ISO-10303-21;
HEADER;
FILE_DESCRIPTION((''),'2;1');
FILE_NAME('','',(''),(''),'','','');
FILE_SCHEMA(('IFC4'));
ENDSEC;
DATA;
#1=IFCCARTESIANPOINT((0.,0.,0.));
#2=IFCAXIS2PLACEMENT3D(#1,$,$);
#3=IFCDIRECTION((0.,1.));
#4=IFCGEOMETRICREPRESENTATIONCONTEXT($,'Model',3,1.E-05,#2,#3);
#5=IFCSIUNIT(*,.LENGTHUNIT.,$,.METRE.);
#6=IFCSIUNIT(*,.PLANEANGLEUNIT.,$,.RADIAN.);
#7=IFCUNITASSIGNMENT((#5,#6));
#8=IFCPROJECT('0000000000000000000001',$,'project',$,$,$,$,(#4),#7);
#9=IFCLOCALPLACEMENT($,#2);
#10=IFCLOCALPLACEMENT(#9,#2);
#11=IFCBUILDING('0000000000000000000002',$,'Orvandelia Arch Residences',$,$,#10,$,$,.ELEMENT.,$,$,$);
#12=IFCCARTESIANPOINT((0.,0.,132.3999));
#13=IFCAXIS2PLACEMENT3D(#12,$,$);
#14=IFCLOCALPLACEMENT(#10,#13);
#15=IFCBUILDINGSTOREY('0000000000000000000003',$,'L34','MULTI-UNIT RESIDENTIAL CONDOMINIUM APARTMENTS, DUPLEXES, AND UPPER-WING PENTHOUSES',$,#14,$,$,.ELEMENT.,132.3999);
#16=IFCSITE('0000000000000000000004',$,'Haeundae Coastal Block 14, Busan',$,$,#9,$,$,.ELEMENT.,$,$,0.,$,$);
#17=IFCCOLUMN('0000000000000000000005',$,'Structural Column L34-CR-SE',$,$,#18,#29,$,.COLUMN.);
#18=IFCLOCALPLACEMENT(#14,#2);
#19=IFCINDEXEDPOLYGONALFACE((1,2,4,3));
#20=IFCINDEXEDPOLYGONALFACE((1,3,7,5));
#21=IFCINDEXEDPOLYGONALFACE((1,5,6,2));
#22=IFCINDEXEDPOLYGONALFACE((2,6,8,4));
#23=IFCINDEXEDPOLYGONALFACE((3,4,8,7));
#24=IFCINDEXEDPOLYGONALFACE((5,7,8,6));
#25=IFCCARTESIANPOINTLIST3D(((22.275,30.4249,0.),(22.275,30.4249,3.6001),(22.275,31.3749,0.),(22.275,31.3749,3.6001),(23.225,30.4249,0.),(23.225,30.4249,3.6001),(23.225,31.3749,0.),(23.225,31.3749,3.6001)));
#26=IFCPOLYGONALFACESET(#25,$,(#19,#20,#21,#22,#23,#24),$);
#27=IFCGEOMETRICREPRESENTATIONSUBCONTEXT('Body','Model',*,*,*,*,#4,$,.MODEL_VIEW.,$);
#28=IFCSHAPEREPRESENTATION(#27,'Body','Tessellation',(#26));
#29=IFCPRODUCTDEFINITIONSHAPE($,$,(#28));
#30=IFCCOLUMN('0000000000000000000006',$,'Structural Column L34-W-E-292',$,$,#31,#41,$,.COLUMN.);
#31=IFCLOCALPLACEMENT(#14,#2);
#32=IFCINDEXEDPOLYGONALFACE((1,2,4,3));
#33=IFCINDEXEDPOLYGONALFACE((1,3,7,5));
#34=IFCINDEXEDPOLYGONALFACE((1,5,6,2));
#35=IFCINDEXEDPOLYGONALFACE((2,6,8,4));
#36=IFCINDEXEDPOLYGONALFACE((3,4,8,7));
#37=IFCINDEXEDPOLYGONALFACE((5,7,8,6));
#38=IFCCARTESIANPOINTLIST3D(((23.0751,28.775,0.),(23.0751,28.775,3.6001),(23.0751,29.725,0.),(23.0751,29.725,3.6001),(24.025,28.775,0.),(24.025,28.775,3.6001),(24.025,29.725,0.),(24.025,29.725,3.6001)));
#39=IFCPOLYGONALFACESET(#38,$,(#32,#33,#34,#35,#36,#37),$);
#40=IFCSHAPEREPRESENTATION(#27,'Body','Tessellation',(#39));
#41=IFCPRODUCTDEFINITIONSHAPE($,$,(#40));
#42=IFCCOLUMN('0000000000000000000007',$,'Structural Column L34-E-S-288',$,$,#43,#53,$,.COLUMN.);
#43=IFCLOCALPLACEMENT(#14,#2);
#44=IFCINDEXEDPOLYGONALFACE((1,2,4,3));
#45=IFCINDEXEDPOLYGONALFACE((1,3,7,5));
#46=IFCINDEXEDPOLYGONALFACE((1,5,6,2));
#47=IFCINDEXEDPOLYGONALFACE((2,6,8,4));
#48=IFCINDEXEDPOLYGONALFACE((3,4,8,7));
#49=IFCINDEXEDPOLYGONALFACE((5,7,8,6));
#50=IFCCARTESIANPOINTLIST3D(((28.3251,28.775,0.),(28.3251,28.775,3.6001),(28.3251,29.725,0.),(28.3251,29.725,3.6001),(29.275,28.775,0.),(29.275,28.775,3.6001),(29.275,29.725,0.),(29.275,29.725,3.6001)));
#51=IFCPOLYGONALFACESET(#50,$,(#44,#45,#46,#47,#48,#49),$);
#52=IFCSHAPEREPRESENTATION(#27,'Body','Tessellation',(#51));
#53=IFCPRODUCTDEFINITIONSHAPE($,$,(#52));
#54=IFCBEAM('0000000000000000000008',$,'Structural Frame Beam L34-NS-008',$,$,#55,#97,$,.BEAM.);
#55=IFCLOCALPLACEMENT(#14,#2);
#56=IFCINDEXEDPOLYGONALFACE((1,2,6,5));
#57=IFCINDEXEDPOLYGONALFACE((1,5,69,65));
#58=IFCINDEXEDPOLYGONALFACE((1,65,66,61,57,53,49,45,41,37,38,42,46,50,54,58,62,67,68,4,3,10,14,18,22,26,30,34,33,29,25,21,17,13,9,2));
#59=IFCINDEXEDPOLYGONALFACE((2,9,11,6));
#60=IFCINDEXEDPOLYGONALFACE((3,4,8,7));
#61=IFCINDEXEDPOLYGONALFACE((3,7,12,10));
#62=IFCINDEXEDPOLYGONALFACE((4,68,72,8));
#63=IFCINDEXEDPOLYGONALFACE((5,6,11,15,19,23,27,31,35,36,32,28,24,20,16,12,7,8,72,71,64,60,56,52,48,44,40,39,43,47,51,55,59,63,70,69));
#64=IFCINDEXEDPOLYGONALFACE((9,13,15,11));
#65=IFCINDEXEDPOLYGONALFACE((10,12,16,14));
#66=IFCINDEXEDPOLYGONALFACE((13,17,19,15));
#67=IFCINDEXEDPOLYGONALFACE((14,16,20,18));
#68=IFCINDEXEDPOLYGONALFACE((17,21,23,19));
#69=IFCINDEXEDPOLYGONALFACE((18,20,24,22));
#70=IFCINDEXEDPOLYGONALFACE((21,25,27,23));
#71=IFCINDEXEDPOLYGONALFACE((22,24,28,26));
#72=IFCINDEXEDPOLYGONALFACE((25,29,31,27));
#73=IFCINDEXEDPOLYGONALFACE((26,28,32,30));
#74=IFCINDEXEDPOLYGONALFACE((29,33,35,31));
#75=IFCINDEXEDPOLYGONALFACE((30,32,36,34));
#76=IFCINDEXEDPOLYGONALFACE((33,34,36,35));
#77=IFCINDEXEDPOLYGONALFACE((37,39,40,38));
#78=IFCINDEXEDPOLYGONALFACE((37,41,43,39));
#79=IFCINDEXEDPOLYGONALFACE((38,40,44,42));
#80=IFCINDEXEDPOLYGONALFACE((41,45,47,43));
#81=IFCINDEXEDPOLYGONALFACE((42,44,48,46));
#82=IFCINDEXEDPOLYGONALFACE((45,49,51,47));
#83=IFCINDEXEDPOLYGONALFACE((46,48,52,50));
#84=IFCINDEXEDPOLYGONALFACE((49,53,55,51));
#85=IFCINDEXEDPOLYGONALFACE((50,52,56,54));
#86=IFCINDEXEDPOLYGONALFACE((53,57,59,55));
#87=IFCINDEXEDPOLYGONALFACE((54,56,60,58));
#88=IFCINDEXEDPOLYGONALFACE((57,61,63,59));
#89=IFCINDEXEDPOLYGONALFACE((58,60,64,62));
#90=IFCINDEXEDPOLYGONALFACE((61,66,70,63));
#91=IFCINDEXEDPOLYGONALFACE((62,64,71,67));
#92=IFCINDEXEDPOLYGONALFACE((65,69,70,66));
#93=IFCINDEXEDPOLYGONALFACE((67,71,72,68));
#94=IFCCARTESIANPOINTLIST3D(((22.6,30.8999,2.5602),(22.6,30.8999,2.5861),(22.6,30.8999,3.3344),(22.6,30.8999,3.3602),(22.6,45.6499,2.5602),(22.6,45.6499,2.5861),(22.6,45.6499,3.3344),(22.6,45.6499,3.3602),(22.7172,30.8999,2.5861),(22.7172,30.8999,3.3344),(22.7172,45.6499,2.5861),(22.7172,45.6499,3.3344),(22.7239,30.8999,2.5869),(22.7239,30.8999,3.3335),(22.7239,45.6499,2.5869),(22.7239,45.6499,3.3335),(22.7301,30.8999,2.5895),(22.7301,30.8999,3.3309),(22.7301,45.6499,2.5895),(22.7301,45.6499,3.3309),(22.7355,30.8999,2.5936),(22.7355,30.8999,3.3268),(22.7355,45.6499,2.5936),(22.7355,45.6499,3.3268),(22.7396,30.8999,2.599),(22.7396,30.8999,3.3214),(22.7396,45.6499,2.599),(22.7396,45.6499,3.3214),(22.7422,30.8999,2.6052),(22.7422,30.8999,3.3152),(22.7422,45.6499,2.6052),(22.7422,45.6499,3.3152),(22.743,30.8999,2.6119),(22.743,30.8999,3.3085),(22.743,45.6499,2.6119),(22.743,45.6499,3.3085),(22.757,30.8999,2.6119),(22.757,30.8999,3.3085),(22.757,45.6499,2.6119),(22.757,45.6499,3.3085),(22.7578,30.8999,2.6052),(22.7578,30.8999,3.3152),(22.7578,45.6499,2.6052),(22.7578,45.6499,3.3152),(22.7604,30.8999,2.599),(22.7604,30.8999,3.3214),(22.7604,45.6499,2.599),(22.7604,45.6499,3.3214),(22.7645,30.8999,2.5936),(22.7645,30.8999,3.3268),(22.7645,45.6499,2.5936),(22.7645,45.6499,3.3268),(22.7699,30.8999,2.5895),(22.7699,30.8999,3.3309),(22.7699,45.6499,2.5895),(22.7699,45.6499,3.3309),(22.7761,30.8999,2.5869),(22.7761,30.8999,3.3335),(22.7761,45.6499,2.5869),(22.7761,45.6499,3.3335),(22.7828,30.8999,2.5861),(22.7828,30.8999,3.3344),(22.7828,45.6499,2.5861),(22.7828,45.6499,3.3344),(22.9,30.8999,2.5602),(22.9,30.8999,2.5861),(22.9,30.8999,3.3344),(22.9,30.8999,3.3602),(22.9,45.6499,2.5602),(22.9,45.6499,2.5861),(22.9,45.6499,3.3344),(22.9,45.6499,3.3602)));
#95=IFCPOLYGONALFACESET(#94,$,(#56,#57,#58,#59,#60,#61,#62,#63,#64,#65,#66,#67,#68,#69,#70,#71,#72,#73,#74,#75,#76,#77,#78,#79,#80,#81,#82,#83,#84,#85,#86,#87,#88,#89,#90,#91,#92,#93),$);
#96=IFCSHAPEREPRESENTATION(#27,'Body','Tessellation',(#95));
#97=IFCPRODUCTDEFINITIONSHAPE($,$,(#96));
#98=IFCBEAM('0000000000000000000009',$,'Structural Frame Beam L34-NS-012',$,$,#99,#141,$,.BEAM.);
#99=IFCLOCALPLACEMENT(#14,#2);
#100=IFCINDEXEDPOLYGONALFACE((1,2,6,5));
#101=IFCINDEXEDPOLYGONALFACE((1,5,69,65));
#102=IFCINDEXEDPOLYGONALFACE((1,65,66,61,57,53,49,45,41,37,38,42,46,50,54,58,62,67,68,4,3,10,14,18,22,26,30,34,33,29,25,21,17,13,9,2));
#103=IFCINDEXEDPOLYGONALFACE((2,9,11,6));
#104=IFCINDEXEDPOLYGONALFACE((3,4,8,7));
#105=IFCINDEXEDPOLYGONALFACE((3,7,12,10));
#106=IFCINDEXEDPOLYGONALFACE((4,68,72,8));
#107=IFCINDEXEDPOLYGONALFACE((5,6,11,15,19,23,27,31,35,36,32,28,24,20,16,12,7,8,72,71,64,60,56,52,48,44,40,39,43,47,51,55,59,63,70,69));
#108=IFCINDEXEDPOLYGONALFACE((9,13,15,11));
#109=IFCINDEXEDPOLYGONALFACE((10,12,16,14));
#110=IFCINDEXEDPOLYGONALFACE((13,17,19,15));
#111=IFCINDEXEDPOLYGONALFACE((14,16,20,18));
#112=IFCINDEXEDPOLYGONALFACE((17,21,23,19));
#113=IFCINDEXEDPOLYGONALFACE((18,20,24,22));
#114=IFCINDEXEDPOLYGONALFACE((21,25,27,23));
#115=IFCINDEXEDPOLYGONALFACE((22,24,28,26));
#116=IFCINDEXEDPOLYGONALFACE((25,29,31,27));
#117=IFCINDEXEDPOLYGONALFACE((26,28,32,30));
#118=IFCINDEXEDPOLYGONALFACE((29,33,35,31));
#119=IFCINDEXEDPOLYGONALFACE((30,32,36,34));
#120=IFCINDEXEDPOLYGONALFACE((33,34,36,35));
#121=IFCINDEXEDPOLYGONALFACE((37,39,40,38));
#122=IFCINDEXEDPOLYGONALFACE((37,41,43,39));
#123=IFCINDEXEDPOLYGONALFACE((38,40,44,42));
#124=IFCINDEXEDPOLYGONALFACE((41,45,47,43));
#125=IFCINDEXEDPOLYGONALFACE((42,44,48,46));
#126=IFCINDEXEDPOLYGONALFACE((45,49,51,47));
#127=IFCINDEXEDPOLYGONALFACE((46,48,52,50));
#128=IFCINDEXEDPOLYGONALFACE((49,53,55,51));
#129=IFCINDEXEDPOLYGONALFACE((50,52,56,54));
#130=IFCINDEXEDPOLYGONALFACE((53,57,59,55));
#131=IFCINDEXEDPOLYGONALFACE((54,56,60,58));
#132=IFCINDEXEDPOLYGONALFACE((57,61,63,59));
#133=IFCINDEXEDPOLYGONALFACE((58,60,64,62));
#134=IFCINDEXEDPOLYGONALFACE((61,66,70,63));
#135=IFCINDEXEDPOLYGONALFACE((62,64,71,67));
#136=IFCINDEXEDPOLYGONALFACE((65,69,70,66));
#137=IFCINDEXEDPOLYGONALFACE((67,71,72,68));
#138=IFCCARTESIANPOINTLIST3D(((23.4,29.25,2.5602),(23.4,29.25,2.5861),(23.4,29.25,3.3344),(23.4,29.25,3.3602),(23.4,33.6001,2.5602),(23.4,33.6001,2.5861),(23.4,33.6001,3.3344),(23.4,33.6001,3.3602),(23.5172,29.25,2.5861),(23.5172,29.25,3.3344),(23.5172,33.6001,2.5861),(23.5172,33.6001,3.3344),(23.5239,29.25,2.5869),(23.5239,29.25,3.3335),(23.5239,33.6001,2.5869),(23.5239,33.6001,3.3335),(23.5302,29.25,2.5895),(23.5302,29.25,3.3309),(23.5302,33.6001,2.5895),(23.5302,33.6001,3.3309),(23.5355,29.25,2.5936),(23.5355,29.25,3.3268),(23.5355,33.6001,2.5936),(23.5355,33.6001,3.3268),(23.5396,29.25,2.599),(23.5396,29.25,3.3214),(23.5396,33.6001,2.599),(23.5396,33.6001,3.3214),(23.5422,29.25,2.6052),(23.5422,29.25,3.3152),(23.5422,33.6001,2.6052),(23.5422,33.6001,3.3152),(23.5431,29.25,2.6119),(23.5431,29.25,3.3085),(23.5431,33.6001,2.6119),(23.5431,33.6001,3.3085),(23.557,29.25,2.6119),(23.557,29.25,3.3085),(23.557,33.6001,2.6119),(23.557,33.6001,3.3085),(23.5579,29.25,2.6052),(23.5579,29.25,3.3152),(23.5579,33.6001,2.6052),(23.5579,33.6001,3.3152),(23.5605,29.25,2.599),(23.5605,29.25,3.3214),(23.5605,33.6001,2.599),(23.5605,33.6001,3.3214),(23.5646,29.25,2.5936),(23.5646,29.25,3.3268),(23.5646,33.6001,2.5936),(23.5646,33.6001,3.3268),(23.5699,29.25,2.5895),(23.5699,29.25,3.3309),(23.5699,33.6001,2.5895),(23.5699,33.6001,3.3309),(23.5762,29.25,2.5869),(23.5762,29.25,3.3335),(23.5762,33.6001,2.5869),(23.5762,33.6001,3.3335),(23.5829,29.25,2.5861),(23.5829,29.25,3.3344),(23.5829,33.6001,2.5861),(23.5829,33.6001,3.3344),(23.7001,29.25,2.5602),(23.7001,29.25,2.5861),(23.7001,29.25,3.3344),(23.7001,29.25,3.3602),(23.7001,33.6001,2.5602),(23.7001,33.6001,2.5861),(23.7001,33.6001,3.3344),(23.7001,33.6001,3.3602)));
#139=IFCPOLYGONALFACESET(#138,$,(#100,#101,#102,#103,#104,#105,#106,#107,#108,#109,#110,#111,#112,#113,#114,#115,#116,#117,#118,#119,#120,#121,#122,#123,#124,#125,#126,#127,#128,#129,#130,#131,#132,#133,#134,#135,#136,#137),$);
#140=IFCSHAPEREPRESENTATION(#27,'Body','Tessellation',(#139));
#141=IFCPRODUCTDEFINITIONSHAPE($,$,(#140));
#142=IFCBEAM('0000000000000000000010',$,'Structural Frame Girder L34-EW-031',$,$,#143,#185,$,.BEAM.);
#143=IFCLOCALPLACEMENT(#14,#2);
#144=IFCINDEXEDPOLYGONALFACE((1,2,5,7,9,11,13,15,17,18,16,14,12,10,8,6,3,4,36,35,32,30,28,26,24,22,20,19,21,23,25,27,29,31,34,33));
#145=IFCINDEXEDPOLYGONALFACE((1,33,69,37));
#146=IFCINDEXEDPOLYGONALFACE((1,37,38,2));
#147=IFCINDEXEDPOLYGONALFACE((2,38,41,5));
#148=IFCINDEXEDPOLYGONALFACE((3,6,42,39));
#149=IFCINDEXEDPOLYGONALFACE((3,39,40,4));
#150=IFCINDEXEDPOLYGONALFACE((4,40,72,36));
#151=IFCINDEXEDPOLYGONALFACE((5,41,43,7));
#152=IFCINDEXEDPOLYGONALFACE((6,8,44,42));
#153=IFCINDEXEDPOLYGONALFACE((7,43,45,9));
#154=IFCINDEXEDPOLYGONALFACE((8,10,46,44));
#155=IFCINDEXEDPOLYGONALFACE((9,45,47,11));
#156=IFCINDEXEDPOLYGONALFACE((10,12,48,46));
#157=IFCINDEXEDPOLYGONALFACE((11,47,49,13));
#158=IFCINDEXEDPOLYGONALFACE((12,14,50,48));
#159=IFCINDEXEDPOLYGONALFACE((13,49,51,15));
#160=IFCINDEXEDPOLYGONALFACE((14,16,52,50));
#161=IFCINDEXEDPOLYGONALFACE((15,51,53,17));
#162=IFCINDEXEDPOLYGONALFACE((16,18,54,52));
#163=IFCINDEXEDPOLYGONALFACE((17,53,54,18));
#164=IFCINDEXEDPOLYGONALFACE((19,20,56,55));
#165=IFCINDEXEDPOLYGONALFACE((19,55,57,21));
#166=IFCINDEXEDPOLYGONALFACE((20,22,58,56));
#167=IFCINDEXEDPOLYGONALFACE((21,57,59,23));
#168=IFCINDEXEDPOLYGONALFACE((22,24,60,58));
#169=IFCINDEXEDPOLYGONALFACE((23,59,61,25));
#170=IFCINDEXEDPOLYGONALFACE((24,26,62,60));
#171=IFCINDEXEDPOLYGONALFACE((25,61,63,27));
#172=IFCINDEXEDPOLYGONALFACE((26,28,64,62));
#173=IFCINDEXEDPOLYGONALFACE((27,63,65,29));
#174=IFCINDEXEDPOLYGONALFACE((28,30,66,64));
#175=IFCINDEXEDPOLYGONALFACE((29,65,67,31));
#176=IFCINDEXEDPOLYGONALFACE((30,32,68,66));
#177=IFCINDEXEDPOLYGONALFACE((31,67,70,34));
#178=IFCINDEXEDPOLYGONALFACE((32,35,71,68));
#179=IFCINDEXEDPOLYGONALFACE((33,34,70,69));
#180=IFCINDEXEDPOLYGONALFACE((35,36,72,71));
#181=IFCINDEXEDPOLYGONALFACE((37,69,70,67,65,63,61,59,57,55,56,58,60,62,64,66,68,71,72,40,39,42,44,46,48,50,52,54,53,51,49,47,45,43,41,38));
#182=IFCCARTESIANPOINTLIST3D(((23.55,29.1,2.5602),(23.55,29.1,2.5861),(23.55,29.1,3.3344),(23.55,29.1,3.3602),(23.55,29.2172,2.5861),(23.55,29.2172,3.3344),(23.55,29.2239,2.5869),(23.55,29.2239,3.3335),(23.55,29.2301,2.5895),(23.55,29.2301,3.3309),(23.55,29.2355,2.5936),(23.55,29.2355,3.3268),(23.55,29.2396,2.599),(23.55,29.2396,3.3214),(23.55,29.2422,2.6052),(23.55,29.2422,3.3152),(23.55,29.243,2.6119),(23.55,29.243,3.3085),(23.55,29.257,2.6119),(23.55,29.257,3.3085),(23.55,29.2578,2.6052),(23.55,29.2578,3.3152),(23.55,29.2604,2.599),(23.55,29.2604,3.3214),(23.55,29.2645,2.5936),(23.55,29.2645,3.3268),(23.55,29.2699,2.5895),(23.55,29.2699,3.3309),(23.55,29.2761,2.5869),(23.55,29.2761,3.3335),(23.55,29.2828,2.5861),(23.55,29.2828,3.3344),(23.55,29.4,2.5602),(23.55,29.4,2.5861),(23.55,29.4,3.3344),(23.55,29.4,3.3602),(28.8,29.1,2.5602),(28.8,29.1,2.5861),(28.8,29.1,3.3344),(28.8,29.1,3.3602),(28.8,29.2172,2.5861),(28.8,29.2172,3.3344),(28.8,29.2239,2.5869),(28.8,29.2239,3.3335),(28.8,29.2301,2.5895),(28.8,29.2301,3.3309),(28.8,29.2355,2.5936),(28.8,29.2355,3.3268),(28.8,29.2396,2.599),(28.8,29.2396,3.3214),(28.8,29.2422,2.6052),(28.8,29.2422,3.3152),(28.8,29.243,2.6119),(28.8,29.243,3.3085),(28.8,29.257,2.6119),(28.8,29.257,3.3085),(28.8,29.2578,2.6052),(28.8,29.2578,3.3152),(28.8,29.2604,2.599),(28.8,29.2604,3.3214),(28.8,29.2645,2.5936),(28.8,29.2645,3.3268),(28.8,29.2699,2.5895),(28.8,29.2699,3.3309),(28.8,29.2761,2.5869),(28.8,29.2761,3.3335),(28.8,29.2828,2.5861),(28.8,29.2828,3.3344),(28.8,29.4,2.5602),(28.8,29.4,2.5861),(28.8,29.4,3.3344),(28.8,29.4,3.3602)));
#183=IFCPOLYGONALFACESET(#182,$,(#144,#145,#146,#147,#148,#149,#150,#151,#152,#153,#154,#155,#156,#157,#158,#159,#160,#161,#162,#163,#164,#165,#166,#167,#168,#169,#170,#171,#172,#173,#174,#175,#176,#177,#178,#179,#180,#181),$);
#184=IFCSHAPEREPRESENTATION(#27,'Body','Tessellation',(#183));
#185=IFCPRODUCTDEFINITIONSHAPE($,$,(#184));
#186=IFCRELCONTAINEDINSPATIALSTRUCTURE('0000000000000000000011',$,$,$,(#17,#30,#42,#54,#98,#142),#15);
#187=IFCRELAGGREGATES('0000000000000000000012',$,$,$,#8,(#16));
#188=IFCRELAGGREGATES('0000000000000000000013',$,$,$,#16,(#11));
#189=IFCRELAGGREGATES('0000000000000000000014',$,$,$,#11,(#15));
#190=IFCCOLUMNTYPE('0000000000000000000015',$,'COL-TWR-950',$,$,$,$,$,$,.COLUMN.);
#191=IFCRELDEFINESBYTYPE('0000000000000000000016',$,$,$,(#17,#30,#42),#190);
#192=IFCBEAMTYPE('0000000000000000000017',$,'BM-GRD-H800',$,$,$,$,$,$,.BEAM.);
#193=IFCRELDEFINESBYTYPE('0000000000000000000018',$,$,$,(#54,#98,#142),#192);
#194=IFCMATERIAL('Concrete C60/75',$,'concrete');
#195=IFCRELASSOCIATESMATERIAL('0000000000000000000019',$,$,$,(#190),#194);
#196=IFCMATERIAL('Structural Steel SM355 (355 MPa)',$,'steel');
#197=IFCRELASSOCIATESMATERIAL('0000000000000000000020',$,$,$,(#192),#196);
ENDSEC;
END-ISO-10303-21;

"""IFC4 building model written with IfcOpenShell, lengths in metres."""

from ifc_helpers import new_model, si_unit, direction, frame, origin, origin_2d, place, context, subcontext, project, spatial, rectangle, i_section, extrude, material, material_profile, profile_set, type_object, element, save


model = new_model("IFC4")

# Units and contexts
model_context = context("Model", 3, precision=1e-05, world=origin(), true_north=direction((0.0, 1.0)))
body_context = subcontext(model_context, "Body", "Model", "MODEL_VIEW")
ifc_project = project(units=[si_unit("LENGTHUNIT", "METRE"), si_unit("PLANEANGLEUNIT", "RADIAN")], contexts=[model_context])

# Site, building, storey
site_placement = place(None, origin())
site = spatial("IfcSite", under=ifc_project, at=site_placement, Name="Haeundae Coastal Block 14, Busan", CompositionType="ELEMENT", RefElevation=0.0)
building_placement = place(site_placement, origin())
building = spatial("IfcBuilding", under=site, at=building_placement, Name="Orvandelia Arch Residences", CompositionType="ELEMENT")
storey_placement = place(building_placement, frame((0.0, 0.0, 132.3999)))
storey = spatial("IfcBuildingStorey", under=building, at=storey_placement, Name="L34", Description="MULTI-UNIT RESIDENTIAL CONDOMINIUM APARTMENTS, DUPLEXES, AND UPPER-WING PENTHOUSES", CompositionType="ELEMENT", Elevation=132.3999)

# Columns
ifc_material_1 = material(Name="Concrete C60/75", Category="concrete")
ifc_material_profile_1 = material_profile(ifc_material_1, rectangle(XDim=0.95, YDim=0.95, at=origin_2d()), Name="Concrete C60/75", Category="concrete")
ifc_profile_set_1 = profile_set([ifc_material_profile_1], Name="Concrete C60/75")
column_type = type_object("IfcColumnType", Name="COL-TWR-950", PredefinedType="COLUMN", material=ifc_profile_set_1)
for number, where, z_axis, x_axis, name in (
    (1, (22.75, 30.8999, 0.0), (0.0, 0.0, 1.0), (1.0, 0.0, 0.0), "Structural Column L34-CR-SE"),
    (2, (23.55, 29.25, 0.0), (0.0, 0.0, 1.0), (1.0, 0.0, 0.0), "Structural Column L34-W-E-292"),
    (3, (28.8, 29.25, 0.0), (0.0, 0.0, 1.0), (1.0, 0.0, 0.0), "Structural Column L34-E-S-288"),
):
    element("IfcColumn", number, at=place(storey_placement, frame(where, z_axis=z_axis, x_axis=x_axis)), inside=storey, type_object=column_type, Name=name, PredefinedType="COLUMN", context=body_context, shape_type="SweptSolid", body=[
        extrude(rectangle(XDim=0.95, YDim=0.95, at=origin_2d()), origin(), (0.0, 0.0, 1.0), 3.6001),
    ])

# Beams
ifc_material_2 = material(Name="Structural Steel SM355 (355 MPa)", Category="steel")
ifc_material_profile_2 = material_profile(ifc_material_2, i_section(OverallWidth=0.3, OverallDepth=0.8, WebThickness=0.0139, FlangeThickness=0.0259, FilletRadius=0.0259, at=origin_2d()), Name="Structural Steel SM355 (355 MPa)", Category="steel")
ifc_profile_set_2 = profile_set([ifc_material_profile_2], Name="Structural Steel SM355 (355 MPa)")
beam_type = type_object("IfcBeamType", Name="BM-GRD-H800", PredefinedType="BEAM", material=ifc_profile_set_2)
beam_1_placement = place(storey_placement, frame((22.75, 30.8999, 2.9602), z_axis=(0.0, 1.0, 0.0), x_axis=(-1.0, 0.0, 0.0)))
element("IfcBeam", 4, at=beam_1_placement, inside=storey, type_object=beam_type, Name="Structural Frame Beam L34-NS-008", PredefinedType="BEAM", context=body_context, shape_type="SweptSolid", body=[
    extrude(i_section(OverallWidth=0.3, OverallDepth=0.8, WebThickness=0.0139, FlangeThickness=0.0259, FilletRadius=0.0259, at=origin_2d()), origin(), (0.0, 0.0, 1.0), 14.75),
])
beam_2_placement = place(storey_placement, frame((23.55, 29.25, 2.9602), z_axis=(0.0, 1.0, 0.0), x_axis=(-1.0, 0.0, 0.0)))
element("IfcBeam", 5, at=beam_2_placement, inside=storey, type_object=beam_type, Name="Structural Frame Beam L34-NS-012", PredefinedType="BEAM", context=body_context, shape_type="SweptSolid", body=[
    extrude(i_section(OverallWidth=0.3, OverallDepth=0.8, WebThickness=0.0139, FlangeThickness=0.0259, FilletRadius=0.0259, at=origin_2d()), origin(), (0.0, 0.0, 1.0), 4.3501),
])
beam_3_placement = place(storey_placement, frame((23.55, 29.25, 2.9602), z_axis=(1.0, 0.0, 0.0), x_axis=(0.0, 1.0, 0.0)))
element("IfcBeam", 6, at=beam_3_placement, inside=storey, type_object=beam_type, Name="Structural Frame Girder L34-EW-031", PredefinedType="BEAM", context=body_context, shape_type="SweptSolid", body=[
    extrude(i_section(OverallWidth=0.3, OverallDepth=0.8, WebThickness=0.0139, FlangeThickness=0.0259, FilletRadius=0.0259, at=origin_2d()), origin(), (0.0, 0.0, 1.0), 5.25),
])

save(model, "model.ifc")
